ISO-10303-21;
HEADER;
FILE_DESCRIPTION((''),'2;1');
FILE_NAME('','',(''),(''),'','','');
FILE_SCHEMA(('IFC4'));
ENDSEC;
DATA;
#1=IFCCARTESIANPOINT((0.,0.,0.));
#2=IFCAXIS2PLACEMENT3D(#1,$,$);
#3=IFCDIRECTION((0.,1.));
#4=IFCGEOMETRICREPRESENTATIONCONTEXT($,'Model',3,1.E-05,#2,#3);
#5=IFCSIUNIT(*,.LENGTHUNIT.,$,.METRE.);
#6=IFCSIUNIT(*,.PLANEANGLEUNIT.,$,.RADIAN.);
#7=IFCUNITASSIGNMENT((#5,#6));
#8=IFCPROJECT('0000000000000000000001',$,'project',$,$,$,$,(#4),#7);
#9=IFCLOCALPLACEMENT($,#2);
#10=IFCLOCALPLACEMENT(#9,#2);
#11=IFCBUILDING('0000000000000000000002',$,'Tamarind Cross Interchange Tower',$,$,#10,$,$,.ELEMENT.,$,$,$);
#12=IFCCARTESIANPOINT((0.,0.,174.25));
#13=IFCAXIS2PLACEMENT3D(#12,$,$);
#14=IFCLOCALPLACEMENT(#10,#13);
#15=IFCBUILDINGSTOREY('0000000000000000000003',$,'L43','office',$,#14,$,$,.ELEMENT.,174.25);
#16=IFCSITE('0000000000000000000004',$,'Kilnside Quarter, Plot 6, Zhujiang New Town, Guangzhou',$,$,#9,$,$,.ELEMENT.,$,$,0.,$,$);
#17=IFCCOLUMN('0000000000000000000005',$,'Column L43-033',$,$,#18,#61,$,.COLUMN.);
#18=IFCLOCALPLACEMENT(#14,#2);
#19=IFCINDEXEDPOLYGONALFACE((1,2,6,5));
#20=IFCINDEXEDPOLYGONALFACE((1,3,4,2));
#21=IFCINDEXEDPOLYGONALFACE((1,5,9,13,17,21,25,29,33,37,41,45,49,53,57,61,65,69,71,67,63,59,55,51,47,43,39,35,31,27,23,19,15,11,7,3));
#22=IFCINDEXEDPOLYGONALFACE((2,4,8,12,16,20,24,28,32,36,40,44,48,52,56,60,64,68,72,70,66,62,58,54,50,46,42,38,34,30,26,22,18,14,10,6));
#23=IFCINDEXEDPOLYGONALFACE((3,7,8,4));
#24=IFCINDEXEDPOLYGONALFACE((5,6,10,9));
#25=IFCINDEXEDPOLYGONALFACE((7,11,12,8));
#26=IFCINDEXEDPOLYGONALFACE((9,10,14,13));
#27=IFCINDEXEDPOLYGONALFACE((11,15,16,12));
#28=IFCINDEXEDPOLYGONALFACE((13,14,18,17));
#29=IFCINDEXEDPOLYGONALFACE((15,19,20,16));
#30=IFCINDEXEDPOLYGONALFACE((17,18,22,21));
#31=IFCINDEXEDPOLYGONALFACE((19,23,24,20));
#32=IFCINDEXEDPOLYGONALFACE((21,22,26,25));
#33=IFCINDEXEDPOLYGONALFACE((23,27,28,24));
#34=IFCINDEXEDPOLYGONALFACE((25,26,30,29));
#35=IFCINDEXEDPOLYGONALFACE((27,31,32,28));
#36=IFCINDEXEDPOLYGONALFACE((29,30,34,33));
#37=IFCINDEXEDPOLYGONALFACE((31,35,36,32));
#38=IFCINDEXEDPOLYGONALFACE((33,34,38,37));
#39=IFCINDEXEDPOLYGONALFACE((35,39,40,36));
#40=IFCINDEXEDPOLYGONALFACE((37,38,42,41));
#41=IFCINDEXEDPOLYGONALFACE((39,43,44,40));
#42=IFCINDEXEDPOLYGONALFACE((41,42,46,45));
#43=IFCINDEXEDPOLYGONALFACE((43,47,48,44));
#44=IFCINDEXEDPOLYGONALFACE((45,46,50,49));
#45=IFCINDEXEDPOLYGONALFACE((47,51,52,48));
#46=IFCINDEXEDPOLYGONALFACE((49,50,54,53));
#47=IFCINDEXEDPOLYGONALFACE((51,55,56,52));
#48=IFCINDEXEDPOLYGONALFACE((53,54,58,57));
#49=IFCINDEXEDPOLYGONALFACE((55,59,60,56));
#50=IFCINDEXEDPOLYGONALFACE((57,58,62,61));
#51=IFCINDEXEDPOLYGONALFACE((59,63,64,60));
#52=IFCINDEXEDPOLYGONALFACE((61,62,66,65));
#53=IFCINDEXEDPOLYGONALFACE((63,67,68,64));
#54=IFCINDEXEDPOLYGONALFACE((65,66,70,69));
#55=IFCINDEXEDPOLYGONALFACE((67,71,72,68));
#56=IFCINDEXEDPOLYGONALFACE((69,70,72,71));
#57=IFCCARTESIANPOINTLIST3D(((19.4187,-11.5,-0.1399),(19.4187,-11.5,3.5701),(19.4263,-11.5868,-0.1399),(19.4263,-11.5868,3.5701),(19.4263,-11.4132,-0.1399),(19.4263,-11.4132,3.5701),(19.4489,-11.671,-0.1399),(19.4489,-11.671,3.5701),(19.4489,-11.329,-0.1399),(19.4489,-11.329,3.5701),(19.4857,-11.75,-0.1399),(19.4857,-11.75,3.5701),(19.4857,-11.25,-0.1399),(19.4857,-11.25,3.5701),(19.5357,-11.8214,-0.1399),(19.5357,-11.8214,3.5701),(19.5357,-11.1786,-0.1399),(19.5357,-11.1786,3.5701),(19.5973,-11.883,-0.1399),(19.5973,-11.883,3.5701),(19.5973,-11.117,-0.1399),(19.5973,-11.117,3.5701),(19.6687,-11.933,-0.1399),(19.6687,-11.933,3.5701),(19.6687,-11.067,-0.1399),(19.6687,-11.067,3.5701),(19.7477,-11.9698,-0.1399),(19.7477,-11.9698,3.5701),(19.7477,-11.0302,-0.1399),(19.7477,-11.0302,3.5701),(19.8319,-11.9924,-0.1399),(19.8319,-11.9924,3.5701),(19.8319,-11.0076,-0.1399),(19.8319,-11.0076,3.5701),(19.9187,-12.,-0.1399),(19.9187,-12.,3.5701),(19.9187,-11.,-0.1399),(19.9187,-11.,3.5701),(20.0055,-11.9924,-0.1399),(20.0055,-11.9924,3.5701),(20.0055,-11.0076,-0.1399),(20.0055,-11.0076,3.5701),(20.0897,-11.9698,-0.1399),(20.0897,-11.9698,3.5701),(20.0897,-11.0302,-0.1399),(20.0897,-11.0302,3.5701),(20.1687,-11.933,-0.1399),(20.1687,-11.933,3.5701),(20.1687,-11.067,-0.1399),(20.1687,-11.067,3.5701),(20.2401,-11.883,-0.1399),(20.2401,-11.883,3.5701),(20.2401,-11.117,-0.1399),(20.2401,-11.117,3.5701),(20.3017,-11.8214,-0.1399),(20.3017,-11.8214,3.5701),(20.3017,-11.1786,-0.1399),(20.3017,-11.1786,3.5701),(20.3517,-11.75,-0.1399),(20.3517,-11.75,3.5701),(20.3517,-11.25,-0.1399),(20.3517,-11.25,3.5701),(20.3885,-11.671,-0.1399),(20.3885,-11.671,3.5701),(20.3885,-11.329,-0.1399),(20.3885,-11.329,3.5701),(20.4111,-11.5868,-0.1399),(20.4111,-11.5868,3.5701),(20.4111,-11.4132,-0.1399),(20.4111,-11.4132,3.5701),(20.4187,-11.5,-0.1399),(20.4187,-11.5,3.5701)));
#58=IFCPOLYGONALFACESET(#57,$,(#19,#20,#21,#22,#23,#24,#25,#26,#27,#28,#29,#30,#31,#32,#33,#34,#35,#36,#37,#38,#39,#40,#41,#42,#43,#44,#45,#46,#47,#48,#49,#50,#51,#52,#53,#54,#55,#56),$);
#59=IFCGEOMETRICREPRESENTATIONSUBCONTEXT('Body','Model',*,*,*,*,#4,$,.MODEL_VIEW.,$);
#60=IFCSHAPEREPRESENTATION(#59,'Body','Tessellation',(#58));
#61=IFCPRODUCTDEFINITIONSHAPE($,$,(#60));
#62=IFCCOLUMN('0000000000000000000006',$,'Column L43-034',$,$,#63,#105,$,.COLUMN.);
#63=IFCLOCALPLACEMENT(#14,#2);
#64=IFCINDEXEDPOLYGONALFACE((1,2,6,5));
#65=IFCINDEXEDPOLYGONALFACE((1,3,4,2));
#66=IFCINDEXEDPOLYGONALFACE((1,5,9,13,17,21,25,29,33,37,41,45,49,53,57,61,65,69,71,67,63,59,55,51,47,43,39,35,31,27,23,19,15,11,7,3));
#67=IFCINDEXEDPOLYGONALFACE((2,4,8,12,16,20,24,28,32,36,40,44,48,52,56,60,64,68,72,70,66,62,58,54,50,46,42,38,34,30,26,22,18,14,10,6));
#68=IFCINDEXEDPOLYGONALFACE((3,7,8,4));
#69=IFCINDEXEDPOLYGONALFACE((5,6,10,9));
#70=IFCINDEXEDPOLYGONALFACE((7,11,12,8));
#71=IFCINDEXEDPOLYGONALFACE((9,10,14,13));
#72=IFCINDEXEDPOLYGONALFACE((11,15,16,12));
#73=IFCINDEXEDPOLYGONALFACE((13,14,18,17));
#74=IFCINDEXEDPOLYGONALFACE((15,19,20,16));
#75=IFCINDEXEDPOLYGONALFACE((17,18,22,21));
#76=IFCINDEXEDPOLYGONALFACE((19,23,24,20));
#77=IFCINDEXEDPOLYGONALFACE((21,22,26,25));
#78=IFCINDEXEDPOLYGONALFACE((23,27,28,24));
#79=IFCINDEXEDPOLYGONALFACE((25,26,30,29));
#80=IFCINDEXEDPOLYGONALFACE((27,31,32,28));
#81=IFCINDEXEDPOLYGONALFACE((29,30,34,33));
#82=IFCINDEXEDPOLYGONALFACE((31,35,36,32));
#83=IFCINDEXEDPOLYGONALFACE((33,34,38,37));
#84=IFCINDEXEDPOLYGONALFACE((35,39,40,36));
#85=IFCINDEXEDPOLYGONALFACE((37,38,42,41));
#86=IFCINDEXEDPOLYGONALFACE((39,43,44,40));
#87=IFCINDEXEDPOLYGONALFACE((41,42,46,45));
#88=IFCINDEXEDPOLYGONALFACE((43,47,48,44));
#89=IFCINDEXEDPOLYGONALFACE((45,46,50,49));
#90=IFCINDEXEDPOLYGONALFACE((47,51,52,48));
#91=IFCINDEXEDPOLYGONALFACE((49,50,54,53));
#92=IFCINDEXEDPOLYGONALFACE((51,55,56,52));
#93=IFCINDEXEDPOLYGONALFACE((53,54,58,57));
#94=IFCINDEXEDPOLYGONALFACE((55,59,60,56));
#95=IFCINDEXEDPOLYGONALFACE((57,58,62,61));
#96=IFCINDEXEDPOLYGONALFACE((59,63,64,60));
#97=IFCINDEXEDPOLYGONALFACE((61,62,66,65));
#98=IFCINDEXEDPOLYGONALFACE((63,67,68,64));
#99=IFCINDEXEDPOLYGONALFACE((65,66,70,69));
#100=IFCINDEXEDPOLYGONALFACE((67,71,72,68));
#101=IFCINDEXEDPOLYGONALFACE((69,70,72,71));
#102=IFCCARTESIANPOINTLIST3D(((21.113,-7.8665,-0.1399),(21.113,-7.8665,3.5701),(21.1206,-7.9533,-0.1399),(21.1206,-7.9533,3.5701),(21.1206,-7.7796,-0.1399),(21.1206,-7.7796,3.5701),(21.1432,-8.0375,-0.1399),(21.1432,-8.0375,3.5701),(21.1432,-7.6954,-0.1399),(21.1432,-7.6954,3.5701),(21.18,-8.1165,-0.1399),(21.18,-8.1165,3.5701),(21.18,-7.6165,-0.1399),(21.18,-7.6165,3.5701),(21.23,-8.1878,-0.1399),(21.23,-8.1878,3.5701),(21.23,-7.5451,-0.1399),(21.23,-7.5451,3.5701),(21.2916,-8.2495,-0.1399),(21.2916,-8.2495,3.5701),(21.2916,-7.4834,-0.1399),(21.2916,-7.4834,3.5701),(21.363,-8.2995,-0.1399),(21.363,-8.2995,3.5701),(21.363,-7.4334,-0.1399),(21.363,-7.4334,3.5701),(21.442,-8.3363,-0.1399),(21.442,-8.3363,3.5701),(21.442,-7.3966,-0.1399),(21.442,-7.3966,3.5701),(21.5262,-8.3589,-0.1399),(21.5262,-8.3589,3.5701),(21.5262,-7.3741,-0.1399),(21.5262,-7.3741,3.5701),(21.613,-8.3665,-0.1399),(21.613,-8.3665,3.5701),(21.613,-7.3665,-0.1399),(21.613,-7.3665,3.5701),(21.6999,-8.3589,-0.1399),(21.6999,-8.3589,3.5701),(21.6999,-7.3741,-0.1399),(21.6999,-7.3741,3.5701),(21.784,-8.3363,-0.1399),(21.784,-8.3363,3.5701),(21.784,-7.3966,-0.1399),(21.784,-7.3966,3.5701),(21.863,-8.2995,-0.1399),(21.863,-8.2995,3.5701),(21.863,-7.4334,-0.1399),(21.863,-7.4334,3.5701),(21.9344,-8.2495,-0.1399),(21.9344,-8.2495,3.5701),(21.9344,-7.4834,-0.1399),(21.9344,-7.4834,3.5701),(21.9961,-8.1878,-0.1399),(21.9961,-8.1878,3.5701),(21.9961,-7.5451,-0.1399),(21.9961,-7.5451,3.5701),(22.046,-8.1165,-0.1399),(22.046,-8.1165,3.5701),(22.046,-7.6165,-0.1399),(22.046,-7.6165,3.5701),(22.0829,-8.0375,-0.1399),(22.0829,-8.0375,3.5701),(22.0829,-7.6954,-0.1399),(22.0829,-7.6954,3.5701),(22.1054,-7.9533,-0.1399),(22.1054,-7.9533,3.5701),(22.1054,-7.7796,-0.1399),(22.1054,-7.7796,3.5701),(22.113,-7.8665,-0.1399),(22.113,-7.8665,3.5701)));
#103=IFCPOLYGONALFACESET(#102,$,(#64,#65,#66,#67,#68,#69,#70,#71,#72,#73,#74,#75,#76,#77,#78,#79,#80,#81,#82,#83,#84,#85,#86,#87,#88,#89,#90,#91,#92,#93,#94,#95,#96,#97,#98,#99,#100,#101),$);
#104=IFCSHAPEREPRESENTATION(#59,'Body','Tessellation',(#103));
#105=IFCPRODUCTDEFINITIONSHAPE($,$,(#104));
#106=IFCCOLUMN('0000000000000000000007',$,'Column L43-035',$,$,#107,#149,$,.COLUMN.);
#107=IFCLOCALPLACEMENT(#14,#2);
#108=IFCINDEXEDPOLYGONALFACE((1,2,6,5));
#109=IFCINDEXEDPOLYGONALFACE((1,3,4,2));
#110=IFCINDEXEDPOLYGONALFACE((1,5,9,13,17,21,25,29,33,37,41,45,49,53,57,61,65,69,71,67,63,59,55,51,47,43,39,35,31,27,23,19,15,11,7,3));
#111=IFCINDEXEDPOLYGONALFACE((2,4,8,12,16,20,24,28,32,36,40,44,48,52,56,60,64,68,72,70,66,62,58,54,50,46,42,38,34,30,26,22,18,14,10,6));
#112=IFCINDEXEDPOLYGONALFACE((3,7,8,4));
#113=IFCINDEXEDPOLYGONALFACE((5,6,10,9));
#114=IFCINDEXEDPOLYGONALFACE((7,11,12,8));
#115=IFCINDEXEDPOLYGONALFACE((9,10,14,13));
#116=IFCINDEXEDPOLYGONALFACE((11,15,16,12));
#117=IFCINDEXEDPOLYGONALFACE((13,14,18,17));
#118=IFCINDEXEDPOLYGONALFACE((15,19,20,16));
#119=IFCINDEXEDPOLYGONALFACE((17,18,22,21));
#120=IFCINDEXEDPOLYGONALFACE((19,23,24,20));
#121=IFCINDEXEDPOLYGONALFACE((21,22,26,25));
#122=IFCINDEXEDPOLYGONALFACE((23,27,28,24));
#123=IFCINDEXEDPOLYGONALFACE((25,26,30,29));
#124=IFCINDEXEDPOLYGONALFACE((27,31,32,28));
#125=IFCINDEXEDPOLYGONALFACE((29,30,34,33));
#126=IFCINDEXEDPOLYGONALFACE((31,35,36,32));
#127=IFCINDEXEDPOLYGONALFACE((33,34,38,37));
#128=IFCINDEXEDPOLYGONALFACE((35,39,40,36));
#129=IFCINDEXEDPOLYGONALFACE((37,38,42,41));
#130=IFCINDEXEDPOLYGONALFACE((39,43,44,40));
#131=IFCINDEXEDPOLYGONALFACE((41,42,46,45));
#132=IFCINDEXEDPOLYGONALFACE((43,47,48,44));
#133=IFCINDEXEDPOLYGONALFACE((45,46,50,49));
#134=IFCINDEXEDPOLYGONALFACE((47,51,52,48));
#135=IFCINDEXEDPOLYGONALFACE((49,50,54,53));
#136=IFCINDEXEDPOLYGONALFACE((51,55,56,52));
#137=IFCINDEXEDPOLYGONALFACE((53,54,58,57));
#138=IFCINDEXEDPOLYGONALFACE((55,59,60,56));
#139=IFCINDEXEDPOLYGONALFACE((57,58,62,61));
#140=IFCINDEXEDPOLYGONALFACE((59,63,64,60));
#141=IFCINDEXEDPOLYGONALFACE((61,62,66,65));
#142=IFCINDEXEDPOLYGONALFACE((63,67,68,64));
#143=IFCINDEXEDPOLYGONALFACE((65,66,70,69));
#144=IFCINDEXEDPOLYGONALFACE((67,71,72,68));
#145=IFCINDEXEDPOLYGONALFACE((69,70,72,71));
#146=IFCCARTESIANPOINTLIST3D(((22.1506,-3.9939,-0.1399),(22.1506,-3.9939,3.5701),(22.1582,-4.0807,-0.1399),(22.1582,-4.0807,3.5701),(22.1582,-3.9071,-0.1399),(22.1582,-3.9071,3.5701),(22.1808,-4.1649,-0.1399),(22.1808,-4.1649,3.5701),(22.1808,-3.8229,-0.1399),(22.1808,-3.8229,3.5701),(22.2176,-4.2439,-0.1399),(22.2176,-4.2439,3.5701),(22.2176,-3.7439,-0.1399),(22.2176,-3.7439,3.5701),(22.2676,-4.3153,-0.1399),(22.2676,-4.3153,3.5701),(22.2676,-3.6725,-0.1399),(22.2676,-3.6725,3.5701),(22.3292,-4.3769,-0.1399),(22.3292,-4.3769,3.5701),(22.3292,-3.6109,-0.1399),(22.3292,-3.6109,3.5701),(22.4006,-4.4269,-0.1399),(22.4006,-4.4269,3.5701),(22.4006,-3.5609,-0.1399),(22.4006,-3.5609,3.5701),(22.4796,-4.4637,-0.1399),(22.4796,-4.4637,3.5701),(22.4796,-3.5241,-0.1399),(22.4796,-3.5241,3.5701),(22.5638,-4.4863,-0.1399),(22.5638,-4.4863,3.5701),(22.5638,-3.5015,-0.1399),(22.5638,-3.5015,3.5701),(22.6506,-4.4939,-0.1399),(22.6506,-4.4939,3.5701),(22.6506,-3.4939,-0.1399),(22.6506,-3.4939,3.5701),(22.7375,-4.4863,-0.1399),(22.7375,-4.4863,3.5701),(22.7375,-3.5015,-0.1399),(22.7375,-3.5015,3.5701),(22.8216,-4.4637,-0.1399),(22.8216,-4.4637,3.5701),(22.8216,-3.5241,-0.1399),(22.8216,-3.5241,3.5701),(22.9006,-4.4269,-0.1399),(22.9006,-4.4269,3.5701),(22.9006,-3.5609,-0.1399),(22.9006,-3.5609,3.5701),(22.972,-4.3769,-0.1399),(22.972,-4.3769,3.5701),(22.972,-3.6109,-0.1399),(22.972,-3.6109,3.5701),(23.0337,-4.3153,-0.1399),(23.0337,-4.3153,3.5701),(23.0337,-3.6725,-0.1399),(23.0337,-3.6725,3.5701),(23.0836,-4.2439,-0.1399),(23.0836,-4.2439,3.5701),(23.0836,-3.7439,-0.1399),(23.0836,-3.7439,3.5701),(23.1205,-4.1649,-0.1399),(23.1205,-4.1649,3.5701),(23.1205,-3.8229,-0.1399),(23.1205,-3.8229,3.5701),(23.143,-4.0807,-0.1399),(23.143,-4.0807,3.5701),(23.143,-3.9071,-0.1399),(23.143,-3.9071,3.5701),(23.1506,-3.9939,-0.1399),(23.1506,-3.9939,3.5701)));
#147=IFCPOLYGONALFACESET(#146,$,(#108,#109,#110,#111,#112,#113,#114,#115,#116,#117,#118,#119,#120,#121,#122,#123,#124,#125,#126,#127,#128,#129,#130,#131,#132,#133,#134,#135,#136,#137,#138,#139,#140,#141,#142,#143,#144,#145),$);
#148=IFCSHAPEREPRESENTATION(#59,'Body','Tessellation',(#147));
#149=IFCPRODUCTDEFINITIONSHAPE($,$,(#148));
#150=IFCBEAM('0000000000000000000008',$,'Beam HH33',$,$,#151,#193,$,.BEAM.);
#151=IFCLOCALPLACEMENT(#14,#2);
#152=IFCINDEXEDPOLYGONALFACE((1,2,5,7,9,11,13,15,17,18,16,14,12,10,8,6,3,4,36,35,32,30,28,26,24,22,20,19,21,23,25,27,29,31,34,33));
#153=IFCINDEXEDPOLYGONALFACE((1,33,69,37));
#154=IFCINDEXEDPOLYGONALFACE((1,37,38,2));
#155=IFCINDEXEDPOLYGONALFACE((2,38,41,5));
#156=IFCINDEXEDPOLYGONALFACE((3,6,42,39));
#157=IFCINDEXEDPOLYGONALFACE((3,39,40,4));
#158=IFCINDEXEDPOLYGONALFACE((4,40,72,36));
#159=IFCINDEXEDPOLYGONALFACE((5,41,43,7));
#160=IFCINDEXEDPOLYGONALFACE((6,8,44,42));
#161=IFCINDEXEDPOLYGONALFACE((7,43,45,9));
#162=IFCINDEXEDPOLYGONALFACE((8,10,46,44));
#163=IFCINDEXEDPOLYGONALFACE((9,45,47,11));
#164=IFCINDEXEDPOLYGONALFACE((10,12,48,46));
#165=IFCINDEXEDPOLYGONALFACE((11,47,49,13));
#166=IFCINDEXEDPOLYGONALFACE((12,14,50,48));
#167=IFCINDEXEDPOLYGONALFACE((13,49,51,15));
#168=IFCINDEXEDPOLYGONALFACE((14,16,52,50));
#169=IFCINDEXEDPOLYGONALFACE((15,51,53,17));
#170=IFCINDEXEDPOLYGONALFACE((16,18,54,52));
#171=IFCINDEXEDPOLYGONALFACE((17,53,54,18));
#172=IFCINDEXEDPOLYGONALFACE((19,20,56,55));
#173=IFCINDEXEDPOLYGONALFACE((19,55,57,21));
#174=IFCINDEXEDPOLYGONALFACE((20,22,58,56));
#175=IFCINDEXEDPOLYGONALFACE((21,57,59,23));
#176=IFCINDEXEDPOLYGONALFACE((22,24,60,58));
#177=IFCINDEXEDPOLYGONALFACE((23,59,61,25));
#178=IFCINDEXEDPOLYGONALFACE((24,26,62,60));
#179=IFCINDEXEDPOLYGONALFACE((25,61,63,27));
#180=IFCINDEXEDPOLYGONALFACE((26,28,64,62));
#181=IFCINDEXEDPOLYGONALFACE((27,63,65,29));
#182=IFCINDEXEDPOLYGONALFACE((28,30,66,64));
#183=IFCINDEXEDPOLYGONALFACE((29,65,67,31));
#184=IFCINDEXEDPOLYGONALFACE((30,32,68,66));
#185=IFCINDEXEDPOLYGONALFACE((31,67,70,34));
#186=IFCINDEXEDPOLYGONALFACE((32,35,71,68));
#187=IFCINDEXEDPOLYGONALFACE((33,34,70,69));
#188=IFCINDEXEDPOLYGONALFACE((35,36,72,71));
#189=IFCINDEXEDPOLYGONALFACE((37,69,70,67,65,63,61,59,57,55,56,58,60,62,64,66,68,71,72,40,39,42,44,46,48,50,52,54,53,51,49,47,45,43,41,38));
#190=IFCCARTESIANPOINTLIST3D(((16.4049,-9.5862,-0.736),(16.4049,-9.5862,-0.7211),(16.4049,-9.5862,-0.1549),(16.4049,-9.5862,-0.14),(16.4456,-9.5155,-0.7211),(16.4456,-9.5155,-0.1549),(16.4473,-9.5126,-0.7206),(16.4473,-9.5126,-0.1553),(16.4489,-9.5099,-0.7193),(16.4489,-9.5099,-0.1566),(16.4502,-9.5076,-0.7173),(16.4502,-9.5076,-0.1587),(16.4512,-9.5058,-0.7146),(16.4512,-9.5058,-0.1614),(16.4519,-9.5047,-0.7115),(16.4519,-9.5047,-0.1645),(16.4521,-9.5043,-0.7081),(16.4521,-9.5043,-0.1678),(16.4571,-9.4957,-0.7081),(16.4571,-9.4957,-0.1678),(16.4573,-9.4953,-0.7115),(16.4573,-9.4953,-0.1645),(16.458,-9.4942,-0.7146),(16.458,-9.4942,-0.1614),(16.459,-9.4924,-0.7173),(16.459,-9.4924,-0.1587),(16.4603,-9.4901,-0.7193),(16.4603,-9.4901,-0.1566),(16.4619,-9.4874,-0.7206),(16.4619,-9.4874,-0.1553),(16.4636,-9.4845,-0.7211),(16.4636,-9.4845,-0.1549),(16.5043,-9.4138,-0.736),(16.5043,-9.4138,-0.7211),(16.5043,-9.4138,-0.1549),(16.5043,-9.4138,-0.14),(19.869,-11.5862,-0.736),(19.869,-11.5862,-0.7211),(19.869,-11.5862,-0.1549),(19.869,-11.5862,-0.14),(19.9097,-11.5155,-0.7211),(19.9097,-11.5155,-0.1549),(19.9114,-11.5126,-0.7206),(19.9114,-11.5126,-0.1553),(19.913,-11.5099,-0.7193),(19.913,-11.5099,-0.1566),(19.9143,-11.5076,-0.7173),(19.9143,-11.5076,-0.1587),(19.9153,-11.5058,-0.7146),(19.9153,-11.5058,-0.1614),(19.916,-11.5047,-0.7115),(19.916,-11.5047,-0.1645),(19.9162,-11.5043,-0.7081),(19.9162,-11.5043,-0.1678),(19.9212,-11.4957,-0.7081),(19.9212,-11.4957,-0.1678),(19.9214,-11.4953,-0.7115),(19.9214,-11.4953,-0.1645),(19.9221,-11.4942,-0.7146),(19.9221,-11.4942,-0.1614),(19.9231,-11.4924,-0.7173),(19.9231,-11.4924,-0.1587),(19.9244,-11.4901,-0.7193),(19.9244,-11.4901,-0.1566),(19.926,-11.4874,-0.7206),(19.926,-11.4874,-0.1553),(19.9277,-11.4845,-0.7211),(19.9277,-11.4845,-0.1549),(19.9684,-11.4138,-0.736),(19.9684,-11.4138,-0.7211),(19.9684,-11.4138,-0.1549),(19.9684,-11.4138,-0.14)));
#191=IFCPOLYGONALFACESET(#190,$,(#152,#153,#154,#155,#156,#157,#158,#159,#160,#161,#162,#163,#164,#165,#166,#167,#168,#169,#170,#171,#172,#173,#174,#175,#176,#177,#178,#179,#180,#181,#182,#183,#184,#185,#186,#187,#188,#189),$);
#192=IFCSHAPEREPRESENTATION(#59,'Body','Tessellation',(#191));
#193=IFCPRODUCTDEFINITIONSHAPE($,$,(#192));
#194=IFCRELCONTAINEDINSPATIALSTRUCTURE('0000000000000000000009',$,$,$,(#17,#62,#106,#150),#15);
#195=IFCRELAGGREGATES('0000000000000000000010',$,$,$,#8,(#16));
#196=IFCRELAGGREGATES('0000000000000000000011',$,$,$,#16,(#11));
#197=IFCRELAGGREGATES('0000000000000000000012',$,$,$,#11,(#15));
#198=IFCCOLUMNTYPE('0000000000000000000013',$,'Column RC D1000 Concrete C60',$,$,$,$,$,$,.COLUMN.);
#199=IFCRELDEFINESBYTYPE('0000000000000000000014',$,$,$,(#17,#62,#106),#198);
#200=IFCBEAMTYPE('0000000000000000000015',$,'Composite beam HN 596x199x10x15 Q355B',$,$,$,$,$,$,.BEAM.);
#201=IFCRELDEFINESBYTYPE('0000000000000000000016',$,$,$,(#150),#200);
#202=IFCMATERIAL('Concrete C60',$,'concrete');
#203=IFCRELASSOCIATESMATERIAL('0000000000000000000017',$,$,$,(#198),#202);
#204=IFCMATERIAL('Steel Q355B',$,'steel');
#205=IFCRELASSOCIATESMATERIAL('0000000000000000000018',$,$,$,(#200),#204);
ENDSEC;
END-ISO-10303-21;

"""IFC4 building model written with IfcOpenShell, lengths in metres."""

from ifc_helpers import new_model, si_unit, direction, frame, origin, origin_2d, place, context, subcontext, project, spatial, circle, i_section, extrude, material, material_profile, profile_set, type_object, element, save


model = new_model("IFC4")

# Units and contexts
model_context = context("Model", 3, precision=1e-05, world=origin(), true_north=direction((0.0, 1.0)))
body_context = subcontext(model_context, "Body", "Model", "MODEL_VIEW")
ifc_project = project(units=[si_unit("LENGTHUNIT", "METRE"), si_unit("PLANEANGLEUNIT", "RADIAN")], contexts=[model_context])

# Site, building, storey
site_placement = place(None, origin())
site = spatial("IfcSite", under=ifc_project, at=site_placement, Name="Kilnside Quarter, Plot 6, Zhujiang New Town, Guangzhou", CompositionType="ELEMENT", RefElevation=0.0)
building_placement = place(site_placement, origin())
building = spatial("IfcBuilding", under=site, at=building_placement, Name="Tamarind Cross Interchange Tower", CompositionType="ELEMENT")
storey_placement = place(building_placement, frame((0.0, 0.0, 174.25)))
storey = spatial("IfcBuildingStorey", under=building, at=storey_placement, Name="L43", Description="office", CompositionType="ELEMENT", Elevation=174.25)

# Columns
ifc_material_1 = material(Name="Concrete C60", Category="concrete")
ifc_material_profile_1 = material_profile(ifc_material_1, circle(Radius=0.5, at=origin_2d()), Name="RC D1000")
ifc_profile_set_1 = profile_set([ifc_material_profile_1], Name="Concrete C60")
column_type = type_object("IfcColumnType", Name="Column RC D1000 Concrete C60", PredefinedType="COLUMN", material=ifc_profile_set_1)
for number, where, z_axis, x_axis, name in (
    (1, (19.9187, -11.5, -0.1399), (0.0, 0.0, 1.0), (1.0, 0.0, 0.0), "Column L43-033"),
    (2, (21.613, -7.8665, -0.1399), (0.0, 0.0, 1.0), (1.0, 0.0, 0.0), "Column L43-034"),
    (3, (22.6506, -3.9939, -0.1399), (0.0, 0.0, 1.0), (1.0, 0.0, 0.0), "Column L43-035"),
):
    element("IfcColumn", number, at=place(storey_placement, frame(where, z_axis=z_axis, x_axis=x_axis)), inside=storey, type_object=column_type, Name=name, PredefinedType="COLUMN", context=body_context, shape_type="SweptSolid", body=[
        extrude(circle(Radius=0.5, at=origin_2d()), origin(), (0.0, 0.0, 1.0), 3.71),
    ])

# Beam
ifc_material_2 = material(Name="Steel Q355B", Category="steel")
ifc_material_profile_2 = material_profile(ifc_material_2, i_section(OverallWidth=0.199, OverallDepth=0.5959, WebThickness=0.01, FlangeThickness=0.0149, FilletRadius=0.0129, at=origin_2d()), Name="HN 596x199x10x15")
ifc_profile_set_2 = profile_set([ifc_material_profile_2], Name="Steel Q355B")
beam_type = type_object("IfcBeamType", Name="Composite beam HN 596x199x10x15 Q355B", PredefinedType="BEAM", material=ifc_profile_set_2)
beam_1_placement = place(storey_placement, frame((19.9187, -11.5, -0.438), z_axis=(-0.866026, 0.499999, 0.0), x_axis=(-0.499999, -0.866026, 0.0)))
element("IfcBeam", 4, at=beam_1_placement, inside=storey, type_object=beam_type, Name="Beam HH33", PredefinedType="BEAM", context=body_context, shape_type="SweptSolid", body=[
    extrude(i_section(OverallWidth=0.199, OverallDepth=0.5959, WebThickness=0.01, FlangeThickness=0.0149, FilletRadius=0.0129, at=origin_2d()), origin(), (0.0, 0.0, 1.0), 4.0),
])

save(model, "model.ifc")
